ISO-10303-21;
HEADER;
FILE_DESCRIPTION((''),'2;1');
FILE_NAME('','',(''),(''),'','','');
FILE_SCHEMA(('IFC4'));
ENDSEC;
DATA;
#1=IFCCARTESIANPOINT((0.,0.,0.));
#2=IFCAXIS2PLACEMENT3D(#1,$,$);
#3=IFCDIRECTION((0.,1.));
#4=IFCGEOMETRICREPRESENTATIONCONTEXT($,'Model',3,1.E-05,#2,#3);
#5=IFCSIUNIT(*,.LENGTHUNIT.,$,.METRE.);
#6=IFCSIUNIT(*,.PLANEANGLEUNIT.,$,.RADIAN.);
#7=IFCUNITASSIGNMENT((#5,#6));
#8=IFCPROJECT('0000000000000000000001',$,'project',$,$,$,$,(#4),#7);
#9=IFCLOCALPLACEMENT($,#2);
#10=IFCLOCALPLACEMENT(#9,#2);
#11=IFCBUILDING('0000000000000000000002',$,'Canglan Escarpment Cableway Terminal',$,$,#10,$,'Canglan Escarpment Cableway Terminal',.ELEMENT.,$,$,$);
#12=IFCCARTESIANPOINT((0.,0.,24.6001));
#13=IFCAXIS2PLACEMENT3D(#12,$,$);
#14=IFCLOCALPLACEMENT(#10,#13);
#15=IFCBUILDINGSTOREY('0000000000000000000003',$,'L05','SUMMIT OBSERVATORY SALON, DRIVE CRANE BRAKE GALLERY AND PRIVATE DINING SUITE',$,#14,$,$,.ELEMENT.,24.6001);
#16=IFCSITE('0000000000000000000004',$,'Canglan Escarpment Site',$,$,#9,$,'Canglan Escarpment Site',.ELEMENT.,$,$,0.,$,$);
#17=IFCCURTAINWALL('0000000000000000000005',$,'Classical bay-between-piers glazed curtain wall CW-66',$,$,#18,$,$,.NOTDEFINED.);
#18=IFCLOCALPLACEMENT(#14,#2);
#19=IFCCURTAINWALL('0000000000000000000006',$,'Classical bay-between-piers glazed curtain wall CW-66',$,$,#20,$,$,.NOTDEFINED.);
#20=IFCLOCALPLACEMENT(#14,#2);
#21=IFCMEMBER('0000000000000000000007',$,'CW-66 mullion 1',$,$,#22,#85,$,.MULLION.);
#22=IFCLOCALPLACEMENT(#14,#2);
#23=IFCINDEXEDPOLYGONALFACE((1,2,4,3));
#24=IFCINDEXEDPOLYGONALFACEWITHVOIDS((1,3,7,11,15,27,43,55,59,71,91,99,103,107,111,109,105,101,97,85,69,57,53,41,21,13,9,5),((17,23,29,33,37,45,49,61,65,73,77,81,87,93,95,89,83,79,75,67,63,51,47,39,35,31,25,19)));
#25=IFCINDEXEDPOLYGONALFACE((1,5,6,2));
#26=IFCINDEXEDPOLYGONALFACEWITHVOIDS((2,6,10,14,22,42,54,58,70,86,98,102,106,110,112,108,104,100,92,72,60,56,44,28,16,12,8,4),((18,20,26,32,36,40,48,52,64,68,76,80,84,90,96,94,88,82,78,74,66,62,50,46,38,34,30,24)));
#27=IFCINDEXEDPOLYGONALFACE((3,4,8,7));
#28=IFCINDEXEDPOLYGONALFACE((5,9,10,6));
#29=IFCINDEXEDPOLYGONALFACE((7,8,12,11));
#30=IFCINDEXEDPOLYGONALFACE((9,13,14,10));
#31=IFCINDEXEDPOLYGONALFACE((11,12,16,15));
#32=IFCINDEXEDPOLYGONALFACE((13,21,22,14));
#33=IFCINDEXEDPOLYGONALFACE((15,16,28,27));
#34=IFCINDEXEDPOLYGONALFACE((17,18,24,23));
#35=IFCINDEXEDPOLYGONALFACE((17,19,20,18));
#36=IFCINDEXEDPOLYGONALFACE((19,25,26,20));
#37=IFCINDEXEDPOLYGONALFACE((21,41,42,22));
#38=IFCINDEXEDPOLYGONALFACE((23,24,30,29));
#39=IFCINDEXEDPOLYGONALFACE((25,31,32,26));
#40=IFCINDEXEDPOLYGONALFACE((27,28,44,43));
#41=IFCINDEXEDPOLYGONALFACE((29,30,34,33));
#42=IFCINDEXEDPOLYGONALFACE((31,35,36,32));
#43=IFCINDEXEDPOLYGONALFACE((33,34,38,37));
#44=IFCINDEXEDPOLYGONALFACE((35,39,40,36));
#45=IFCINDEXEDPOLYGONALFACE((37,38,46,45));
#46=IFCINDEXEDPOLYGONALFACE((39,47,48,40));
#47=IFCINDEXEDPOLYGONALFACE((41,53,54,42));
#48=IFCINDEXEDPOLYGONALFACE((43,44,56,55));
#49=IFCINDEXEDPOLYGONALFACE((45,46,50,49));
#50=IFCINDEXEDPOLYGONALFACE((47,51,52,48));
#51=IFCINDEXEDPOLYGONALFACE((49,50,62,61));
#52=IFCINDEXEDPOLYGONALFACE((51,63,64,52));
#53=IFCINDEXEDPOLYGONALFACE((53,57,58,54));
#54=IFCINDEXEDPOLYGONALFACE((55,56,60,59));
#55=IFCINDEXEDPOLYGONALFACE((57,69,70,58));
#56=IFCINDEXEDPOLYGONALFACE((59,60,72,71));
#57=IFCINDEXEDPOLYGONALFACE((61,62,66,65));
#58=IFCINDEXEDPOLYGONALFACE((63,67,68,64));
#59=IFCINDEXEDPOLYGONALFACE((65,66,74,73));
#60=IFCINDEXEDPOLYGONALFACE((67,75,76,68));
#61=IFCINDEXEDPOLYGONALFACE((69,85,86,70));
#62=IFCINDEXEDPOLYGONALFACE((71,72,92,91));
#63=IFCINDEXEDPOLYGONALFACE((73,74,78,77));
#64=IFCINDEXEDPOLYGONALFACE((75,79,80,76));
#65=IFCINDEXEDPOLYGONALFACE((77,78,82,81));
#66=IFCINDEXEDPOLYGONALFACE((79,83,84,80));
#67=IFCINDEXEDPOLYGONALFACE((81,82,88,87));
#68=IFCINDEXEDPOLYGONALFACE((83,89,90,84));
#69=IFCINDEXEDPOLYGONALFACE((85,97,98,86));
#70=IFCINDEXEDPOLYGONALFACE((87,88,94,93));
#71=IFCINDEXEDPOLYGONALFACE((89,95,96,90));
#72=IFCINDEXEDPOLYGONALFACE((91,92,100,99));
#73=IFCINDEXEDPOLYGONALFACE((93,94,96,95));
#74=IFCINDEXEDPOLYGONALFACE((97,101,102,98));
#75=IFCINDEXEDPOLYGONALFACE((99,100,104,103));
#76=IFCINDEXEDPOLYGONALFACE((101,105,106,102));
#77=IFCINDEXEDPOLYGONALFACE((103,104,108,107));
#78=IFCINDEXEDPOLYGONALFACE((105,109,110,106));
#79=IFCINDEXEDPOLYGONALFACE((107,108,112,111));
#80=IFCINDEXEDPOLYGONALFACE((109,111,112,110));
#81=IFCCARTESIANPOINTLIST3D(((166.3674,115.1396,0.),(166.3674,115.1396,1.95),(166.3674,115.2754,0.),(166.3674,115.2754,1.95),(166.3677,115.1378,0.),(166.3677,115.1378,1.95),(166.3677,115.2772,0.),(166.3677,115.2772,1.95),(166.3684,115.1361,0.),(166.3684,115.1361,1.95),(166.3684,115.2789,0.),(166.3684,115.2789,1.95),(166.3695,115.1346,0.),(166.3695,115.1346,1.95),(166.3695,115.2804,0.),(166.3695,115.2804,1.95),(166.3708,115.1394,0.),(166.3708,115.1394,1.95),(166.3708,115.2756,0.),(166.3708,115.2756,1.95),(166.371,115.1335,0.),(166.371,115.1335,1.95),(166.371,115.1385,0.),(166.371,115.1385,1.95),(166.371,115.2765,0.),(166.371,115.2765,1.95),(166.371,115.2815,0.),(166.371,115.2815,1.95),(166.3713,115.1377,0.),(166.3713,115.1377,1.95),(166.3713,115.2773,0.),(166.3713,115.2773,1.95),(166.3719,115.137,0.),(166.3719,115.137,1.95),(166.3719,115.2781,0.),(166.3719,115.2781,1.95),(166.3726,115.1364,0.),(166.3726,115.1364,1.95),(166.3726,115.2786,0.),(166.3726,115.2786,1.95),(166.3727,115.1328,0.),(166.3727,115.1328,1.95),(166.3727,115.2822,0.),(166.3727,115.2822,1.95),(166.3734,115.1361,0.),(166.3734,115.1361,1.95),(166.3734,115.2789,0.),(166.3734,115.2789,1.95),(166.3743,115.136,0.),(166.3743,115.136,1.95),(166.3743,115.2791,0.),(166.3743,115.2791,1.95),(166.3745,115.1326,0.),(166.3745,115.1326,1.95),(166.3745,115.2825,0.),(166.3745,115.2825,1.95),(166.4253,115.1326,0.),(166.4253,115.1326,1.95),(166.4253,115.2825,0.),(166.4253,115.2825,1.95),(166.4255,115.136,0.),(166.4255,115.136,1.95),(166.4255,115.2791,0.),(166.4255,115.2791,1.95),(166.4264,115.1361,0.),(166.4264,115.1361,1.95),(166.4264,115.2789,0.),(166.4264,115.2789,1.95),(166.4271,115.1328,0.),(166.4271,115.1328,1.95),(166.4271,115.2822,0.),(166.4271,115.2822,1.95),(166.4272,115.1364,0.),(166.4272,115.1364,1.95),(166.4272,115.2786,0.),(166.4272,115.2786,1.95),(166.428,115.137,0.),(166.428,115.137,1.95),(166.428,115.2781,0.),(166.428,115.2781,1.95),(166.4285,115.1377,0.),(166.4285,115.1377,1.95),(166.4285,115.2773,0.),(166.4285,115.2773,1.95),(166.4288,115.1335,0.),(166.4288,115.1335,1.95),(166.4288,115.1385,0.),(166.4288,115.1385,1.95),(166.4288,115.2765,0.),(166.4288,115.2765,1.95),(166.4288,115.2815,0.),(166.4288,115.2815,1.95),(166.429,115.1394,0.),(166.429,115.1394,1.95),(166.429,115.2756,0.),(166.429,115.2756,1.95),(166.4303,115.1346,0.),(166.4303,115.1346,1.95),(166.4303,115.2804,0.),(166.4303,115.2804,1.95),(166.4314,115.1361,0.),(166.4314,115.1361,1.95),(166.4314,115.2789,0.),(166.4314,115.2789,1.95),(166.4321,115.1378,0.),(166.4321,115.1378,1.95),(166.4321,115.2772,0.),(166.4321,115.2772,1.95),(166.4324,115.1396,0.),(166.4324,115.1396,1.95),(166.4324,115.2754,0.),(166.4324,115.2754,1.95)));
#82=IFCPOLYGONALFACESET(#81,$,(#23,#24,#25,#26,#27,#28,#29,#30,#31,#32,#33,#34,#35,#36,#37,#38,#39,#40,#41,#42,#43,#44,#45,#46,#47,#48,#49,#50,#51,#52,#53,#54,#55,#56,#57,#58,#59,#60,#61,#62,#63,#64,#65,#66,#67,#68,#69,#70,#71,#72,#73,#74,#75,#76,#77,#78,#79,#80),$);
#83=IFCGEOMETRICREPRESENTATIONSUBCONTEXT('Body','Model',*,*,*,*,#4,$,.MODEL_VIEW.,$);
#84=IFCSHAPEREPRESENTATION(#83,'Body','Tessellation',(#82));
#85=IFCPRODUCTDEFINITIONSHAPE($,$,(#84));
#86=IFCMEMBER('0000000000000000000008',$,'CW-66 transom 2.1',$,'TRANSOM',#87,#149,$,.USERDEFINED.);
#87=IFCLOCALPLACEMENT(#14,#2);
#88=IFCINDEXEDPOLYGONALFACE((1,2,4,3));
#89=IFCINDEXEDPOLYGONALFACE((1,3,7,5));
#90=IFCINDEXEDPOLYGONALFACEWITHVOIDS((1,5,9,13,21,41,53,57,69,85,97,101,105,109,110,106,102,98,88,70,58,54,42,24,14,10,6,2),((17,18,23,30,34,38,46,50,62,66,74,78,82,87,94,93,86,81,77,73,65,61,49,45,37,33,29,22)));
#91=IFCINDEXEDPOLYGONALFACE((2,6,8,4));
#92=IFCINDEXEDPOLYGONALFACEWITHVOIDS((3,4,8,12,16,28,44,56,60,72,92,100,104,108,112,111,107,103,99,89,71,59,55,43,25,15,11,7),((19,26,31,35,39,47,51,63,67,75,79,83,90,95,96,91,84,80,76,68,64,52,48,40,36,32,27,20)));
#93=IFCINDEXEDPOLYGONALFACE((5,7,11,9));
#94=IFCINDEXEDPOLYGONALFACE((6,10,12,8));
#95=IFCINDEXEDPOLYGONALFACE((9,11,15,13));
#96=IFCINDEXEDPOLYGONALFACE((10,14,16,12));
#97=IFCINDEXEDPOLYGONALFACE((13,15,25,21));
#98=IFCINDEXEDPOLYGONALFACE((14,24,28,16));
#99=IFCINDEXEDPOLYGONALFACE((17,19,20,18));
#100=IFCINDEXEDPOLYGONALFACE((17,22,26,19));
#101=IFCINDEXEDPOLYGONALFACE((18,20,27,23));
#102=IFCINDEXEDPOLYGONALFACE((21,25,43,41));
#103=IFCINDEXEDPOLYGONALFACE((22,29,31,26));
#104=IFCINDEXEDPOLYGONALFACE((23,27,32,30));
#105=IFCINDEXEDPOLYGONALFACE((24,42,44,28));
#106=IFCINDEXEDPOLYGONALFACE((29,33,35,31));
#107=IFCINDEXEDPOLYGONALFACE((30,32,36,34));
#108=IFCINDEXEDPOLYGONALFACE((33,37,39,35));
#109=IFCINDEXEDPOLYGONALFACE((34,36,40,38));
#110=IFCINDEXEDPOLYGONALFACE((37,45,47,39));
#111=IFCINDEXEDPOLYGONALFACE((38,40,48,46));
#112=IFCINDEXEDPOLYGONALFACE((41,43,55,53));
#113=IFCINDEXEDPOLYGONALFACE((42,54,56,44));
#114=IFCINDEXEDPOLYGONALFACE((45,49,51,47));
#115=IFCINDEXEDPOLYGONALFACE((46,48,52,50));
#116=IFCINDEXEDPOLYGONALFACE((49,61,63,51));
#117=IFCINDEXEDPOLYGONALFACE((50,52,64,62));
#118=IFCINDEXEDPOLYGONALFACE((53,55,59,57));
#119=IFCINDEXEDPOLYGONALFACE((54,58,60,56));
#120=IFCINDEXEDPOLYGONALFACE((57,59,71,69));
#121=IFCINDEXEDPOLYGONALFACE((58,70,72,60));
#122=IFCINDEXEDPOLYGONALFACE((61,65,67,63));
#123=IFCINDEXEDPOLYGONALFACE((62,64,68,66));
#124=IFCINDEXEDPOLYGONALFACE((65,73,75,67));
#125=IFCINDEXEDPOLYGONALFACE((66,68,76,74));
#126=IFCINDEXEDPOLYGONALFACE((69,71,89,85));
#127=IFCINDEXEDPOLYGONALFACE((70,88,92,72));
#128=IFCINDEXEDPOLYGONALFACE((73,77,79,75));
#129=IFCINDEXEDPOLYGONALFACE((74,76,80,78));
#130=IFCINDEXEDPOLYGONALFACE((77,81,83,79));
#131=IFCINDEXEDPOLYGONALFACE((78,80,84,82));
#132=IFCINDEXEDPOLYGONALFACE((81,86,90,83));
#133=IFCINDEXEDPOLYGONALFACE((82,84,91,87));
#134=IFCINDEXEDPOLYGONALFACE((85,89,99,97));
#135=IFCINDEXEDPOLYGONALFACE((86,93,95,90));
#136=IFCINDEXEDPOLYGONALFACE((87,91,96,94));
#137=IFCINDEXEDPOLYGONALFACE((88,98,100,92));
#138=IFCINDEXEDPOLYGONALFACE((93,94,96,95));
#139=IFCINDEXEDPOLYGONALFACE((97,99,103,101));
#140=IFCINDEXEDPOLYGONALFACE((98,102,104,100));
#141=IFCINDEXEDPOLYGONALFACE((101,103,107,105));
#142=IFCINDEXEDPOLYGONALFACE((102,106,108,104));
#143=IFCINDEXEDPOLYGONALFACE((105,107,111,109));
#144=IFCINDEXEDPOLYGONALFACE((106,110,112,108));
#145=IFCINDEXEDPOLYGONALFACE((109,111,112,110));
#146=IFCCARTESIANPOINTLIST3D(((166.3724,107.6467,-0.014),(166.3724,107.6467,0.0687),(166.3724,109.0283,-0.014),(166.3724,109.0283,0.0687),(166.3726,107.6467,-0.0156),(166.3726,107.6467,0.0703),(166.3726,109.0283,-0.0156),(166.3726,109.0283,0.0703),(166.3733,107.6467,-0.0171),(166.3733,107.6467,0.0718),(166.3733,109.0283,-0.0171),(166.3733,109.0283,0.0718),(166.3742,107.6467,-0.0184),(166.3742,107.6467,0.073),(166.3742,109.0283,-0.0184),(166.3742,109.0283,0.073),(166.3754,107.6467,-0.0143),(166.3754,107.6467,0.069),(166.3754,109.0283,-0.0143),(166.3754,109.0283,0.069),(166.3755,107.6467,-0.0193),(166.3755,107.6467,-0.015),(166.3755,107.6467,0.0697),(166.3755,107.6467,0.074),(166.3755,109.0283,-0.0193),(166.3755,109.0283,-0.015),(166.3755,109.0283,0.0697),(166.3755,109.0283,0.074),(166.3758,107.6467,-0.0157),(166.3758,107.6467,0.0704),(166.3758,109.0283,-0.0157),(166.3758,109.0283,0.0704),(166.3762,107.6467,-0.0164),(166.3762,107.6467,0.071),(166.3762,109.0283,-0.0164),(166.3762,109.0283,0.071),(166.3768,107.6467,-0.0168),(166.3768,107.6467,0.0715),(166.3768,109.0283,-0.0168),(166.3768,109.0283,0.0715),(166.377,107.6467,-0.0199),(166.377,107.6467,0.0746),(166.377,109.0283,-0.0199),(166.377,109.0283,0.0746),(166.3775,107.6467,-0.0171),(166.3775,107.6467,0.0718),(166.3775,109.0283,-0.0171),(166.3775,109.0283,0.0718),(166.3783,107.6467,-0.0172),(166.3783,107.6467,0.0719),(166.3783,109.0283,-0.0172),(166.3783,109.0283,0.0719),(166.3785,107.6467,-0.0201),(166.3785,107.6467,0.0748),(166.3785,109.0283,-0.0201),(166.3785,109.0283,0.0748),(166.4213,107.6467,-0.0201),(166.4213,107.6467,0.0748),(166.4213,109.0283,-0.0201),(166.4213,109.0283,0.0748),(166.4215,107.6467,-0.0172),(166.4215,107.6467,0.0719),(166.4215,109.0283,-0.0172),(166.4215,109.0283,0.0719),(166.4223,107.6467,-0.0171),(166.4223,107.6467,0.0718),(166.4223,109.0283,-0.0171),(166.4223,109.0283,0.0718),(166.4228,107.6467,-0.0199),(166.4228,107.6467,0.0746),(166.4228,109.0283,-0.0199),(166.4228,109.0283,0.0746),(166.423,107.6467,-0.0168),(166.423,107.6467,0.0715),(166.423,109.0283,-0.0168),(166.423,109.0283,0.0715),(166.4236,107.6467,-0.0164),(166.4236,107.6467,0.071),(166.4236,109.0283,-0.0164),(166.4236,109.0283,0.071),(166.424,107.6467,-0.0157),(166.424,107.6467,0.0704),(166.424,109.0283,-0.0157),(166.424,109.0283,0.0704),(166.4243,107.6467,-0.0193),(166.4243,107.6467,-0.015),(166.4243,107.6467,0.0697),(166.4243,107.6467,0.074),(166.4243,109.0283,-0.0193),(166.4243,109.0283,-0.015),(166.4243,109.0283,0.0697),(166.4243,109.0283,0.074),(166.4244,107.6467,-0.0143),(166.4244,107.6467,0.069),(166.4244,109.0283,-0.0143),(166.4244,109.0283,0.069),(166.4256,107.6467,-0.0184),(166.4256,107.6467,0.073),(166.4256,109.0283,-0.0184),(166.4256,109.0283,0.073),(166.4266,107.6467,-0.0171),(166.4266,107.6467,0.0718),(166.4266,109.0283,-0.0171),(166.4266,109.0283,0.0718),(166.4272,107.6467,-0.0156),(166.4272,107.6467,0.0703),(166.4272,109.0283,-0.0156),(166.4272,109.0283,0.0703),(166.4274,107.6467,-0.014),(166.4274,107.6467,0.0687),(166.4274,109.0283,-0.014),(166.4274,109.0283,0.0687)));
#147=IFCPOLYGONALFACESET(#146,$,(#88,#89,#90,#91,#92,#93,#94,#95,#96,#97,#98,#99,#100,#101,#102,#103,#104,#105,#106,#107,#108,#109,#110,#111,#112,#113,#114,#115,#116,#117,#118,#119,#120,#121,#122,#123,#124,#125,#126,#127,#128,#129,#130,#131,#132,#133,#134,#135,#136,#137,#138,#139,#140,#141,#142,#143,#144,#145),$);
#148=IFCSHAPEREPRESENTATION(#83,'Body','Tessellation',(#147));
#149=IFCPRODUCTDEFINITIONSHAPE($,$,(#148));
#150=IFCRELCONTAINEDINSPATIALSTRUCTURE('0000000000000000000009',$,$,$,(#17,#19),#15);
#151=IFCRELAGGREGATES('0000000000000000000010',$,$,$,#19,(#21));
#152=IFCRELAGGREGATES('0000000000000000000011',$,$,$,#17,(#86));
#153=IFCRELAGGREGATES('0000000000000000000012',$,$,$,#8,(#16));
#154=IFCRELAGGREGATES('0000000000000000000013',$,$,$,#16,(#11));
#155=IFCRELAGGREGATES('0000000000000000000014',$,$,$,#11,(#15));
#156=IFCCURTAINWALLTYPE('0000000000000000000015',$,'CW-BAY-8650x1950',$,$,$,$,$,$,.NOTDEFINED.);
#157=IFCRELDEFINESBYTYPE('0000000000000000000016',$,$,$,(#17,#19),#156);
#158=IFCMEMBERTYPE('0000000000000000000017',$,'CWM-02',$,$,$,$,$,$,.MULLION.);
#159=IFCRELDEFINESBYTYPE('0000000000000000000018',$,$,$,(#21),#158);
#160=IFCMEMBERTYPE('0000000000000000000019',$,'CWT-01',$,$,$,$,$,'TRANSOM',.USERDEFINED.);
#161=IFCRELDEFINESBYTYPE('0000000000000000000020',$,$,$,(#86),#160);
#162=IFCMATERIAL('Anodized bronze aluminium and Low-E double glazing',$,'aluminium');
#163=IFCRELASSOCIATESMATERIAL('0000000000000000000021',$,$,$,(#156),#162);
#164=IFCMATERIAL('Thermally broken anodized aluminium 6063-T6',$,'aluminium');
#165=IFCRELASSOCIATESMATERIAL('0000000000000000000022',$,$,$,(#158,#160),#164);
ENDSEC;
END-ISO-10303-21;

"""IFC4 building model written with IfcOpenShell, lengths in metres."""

from ifc_helpers import new_model, si_unit, direction, frame, origin, origin_2d, place, context, subcontext, project, spatial, hollow_rectangle, extrude, material, material_profile, profile_set, type_object, element, aggregate, save


model = new_model("IFC4")

# Units and contexts
model_context = context("Model", 3, precision=1e-05, world=origin(), true_north=direction((0.0, 1.0)))
body_context = subcontext(model_context, "Body", "Model", "MODEL_VIEW")
ifc_project = project(units=[si_unit("LENGTHUNIT", "METRE"), si_unit("PLANEANGLEUNIT", "RADIAN")], contexts=[model_context])

# Site, building, storey
site_placement = place(None, origin())
site = spatial("IfcSite", under=ifc_project, at=site_placement, Name="Canglan Escarpment Site", LongName="Canglan Escarpment Site", CompositionType="ELEMENT", RefElevation=0.0)
building_placement = place(site_placement, origin())
building = spatial("IfcBuilding", under=site, at=building_placement, Name="Canglan Escarpment Cableway Terminal", LongName="Canglan Escarpment Cableway Terminal", CompositionType="ELEMENT")
storey_placement = place(building_placement, frame((0.0, 0.0, 24.6001)))
storey = spatial("IfcBuildingStorey", under=building, at=storey_placement, Name="L05", Description="SUMMIT OBSERVATORY SALON, DRIVE CRANE BRAKE GALLERY AND PRIVATE DINING SUITE", CompositionType="ELEMENT", Elevation=24.6001)

# Curtain wall
ifc_material_1 = material(Name="Anodized bronze aluminium and Low-E double glazing", Category="aluminium")
curtain_wall_type = type_object("IfcCurtainWallType", Name="CW-BAY-8650x1950", PredefinedType="NOTDEFINED", material=ifc_material_1)
curtain_wall_1_placement = place(storey_placement, origin())
curtain_wall_1 = element("IfcCurtainWall", 1, at=curtain_wall_1_placement, inside=storey, type_object=curtain_wall_type, Name="Classical bay-between-piers glazed curtain wall CW-66", PredefinedType="NOTDEFINED")
ifc_material_2 = material(Name="Thermally broken anodized aluminium 6063-T6", Category="aluminium")

# Curtain wall, member
curtain_wall_2_placement = place(storey_placement, origin())
curtain_wall_2 = element("IfcCurtainWall", 2, at=curtain_wall_2_placement, inside=storey, type_object=curtain_wall_type, Name="Classical bay-between-piers glazed curtain wall CW-66", PredefinedType="NOTDEFINED")
ifc_material_profile_1 = material_profile(ifc_material_2, hollow_rectangle(XDim=0.0649, YDim=0.1499, WallThickness=0.0034, InnerFilletRadius=0.0034, OuterFilletRadius=0.0071, at=origin_2d()), Name="ALU-MULL 65x150x3.5")
ifc_profile_set_1 = profile_set([ifc_material_profile_1], Name="Thermally broken anodized aluminium 6063-T6")
member_type_1 = type_object("IfcMemberType", Name="CWM-02", PredefinedType="MULLION", material=ifc_profile_set_1)
member_1_placement = place(storey_placement, frame((166.3999, 115.2075, 0.0), z_axis=(0.0, 0.0, 1.0), x_axis=(-1.0, 0.0, 0.0)))
member_1 = element("IfcMember", 3, at=member_1_placement, type_object=member_type_1, Name="CW-66 mullion 1", PredefinedType="MULLION", context=body_context, shape_type="SweptSolid", body=[
    extrude(hollow_rectangle(XDim=0.0649, YDim=0.1499, WallThickness=0.0034, InnerFilletRadius=0.0034, OuterFilletRadius=0.0071, at=origin_2d()), origin(), (0.0, 0.0, 1.0), 1.95),
])

# Member
ifc_material_profile_2 = material_profile(ifc_material_2, hollow_rectangle(XDim=0.0549, YDim=0.095, WallThickness=0.0029, InnerFilletRadius=0.0029, OuterFilletRadius=0.0061, at=origin_2d()), Name="ALU-TRAN 55x95x3")
ifc_profile_set_2 = profile_set([ifc_material_profile_2], Name="Thermally broken anodized aluminium 6063-T6")
member_type_2 = type_object("IfcMemberType", Name="CWT-01", ElementType="TRANSOM", PredefinedType="USERDEFINED", material=ifc_profile_set_2)
member_2_placement = place(storey_placement, frame((166.3999, 107.6467, 0.0273), z_axis=(0.0, 1.0, 0.0), x_axis=(-1.0, 0.0, 0.0)))
member_2 = element("IfcMember", 4, at=member_2_placement, type_object=member_type_2, Name="CW-66 transom 2.1", ObjectType="TRANSOM", PredefinedType="USERDEFINED", context=body_context, shape_type="SweptSolid", body=[
    extrude(hollow_rectangle(XDim=0.0549, YDim=0.095, WallThickness=0.0029, InnerFilletRadius=0.0029, OuterFilletRadius=0.0061, at=origin_2d()), origin(), (0.0, 0.0, 1.0), 1.3816),
])
aggregate(curtain_wall_2, [member_1])

aggregate(curtain_wall_1, [member_2])

save(model, "model.ifc")
